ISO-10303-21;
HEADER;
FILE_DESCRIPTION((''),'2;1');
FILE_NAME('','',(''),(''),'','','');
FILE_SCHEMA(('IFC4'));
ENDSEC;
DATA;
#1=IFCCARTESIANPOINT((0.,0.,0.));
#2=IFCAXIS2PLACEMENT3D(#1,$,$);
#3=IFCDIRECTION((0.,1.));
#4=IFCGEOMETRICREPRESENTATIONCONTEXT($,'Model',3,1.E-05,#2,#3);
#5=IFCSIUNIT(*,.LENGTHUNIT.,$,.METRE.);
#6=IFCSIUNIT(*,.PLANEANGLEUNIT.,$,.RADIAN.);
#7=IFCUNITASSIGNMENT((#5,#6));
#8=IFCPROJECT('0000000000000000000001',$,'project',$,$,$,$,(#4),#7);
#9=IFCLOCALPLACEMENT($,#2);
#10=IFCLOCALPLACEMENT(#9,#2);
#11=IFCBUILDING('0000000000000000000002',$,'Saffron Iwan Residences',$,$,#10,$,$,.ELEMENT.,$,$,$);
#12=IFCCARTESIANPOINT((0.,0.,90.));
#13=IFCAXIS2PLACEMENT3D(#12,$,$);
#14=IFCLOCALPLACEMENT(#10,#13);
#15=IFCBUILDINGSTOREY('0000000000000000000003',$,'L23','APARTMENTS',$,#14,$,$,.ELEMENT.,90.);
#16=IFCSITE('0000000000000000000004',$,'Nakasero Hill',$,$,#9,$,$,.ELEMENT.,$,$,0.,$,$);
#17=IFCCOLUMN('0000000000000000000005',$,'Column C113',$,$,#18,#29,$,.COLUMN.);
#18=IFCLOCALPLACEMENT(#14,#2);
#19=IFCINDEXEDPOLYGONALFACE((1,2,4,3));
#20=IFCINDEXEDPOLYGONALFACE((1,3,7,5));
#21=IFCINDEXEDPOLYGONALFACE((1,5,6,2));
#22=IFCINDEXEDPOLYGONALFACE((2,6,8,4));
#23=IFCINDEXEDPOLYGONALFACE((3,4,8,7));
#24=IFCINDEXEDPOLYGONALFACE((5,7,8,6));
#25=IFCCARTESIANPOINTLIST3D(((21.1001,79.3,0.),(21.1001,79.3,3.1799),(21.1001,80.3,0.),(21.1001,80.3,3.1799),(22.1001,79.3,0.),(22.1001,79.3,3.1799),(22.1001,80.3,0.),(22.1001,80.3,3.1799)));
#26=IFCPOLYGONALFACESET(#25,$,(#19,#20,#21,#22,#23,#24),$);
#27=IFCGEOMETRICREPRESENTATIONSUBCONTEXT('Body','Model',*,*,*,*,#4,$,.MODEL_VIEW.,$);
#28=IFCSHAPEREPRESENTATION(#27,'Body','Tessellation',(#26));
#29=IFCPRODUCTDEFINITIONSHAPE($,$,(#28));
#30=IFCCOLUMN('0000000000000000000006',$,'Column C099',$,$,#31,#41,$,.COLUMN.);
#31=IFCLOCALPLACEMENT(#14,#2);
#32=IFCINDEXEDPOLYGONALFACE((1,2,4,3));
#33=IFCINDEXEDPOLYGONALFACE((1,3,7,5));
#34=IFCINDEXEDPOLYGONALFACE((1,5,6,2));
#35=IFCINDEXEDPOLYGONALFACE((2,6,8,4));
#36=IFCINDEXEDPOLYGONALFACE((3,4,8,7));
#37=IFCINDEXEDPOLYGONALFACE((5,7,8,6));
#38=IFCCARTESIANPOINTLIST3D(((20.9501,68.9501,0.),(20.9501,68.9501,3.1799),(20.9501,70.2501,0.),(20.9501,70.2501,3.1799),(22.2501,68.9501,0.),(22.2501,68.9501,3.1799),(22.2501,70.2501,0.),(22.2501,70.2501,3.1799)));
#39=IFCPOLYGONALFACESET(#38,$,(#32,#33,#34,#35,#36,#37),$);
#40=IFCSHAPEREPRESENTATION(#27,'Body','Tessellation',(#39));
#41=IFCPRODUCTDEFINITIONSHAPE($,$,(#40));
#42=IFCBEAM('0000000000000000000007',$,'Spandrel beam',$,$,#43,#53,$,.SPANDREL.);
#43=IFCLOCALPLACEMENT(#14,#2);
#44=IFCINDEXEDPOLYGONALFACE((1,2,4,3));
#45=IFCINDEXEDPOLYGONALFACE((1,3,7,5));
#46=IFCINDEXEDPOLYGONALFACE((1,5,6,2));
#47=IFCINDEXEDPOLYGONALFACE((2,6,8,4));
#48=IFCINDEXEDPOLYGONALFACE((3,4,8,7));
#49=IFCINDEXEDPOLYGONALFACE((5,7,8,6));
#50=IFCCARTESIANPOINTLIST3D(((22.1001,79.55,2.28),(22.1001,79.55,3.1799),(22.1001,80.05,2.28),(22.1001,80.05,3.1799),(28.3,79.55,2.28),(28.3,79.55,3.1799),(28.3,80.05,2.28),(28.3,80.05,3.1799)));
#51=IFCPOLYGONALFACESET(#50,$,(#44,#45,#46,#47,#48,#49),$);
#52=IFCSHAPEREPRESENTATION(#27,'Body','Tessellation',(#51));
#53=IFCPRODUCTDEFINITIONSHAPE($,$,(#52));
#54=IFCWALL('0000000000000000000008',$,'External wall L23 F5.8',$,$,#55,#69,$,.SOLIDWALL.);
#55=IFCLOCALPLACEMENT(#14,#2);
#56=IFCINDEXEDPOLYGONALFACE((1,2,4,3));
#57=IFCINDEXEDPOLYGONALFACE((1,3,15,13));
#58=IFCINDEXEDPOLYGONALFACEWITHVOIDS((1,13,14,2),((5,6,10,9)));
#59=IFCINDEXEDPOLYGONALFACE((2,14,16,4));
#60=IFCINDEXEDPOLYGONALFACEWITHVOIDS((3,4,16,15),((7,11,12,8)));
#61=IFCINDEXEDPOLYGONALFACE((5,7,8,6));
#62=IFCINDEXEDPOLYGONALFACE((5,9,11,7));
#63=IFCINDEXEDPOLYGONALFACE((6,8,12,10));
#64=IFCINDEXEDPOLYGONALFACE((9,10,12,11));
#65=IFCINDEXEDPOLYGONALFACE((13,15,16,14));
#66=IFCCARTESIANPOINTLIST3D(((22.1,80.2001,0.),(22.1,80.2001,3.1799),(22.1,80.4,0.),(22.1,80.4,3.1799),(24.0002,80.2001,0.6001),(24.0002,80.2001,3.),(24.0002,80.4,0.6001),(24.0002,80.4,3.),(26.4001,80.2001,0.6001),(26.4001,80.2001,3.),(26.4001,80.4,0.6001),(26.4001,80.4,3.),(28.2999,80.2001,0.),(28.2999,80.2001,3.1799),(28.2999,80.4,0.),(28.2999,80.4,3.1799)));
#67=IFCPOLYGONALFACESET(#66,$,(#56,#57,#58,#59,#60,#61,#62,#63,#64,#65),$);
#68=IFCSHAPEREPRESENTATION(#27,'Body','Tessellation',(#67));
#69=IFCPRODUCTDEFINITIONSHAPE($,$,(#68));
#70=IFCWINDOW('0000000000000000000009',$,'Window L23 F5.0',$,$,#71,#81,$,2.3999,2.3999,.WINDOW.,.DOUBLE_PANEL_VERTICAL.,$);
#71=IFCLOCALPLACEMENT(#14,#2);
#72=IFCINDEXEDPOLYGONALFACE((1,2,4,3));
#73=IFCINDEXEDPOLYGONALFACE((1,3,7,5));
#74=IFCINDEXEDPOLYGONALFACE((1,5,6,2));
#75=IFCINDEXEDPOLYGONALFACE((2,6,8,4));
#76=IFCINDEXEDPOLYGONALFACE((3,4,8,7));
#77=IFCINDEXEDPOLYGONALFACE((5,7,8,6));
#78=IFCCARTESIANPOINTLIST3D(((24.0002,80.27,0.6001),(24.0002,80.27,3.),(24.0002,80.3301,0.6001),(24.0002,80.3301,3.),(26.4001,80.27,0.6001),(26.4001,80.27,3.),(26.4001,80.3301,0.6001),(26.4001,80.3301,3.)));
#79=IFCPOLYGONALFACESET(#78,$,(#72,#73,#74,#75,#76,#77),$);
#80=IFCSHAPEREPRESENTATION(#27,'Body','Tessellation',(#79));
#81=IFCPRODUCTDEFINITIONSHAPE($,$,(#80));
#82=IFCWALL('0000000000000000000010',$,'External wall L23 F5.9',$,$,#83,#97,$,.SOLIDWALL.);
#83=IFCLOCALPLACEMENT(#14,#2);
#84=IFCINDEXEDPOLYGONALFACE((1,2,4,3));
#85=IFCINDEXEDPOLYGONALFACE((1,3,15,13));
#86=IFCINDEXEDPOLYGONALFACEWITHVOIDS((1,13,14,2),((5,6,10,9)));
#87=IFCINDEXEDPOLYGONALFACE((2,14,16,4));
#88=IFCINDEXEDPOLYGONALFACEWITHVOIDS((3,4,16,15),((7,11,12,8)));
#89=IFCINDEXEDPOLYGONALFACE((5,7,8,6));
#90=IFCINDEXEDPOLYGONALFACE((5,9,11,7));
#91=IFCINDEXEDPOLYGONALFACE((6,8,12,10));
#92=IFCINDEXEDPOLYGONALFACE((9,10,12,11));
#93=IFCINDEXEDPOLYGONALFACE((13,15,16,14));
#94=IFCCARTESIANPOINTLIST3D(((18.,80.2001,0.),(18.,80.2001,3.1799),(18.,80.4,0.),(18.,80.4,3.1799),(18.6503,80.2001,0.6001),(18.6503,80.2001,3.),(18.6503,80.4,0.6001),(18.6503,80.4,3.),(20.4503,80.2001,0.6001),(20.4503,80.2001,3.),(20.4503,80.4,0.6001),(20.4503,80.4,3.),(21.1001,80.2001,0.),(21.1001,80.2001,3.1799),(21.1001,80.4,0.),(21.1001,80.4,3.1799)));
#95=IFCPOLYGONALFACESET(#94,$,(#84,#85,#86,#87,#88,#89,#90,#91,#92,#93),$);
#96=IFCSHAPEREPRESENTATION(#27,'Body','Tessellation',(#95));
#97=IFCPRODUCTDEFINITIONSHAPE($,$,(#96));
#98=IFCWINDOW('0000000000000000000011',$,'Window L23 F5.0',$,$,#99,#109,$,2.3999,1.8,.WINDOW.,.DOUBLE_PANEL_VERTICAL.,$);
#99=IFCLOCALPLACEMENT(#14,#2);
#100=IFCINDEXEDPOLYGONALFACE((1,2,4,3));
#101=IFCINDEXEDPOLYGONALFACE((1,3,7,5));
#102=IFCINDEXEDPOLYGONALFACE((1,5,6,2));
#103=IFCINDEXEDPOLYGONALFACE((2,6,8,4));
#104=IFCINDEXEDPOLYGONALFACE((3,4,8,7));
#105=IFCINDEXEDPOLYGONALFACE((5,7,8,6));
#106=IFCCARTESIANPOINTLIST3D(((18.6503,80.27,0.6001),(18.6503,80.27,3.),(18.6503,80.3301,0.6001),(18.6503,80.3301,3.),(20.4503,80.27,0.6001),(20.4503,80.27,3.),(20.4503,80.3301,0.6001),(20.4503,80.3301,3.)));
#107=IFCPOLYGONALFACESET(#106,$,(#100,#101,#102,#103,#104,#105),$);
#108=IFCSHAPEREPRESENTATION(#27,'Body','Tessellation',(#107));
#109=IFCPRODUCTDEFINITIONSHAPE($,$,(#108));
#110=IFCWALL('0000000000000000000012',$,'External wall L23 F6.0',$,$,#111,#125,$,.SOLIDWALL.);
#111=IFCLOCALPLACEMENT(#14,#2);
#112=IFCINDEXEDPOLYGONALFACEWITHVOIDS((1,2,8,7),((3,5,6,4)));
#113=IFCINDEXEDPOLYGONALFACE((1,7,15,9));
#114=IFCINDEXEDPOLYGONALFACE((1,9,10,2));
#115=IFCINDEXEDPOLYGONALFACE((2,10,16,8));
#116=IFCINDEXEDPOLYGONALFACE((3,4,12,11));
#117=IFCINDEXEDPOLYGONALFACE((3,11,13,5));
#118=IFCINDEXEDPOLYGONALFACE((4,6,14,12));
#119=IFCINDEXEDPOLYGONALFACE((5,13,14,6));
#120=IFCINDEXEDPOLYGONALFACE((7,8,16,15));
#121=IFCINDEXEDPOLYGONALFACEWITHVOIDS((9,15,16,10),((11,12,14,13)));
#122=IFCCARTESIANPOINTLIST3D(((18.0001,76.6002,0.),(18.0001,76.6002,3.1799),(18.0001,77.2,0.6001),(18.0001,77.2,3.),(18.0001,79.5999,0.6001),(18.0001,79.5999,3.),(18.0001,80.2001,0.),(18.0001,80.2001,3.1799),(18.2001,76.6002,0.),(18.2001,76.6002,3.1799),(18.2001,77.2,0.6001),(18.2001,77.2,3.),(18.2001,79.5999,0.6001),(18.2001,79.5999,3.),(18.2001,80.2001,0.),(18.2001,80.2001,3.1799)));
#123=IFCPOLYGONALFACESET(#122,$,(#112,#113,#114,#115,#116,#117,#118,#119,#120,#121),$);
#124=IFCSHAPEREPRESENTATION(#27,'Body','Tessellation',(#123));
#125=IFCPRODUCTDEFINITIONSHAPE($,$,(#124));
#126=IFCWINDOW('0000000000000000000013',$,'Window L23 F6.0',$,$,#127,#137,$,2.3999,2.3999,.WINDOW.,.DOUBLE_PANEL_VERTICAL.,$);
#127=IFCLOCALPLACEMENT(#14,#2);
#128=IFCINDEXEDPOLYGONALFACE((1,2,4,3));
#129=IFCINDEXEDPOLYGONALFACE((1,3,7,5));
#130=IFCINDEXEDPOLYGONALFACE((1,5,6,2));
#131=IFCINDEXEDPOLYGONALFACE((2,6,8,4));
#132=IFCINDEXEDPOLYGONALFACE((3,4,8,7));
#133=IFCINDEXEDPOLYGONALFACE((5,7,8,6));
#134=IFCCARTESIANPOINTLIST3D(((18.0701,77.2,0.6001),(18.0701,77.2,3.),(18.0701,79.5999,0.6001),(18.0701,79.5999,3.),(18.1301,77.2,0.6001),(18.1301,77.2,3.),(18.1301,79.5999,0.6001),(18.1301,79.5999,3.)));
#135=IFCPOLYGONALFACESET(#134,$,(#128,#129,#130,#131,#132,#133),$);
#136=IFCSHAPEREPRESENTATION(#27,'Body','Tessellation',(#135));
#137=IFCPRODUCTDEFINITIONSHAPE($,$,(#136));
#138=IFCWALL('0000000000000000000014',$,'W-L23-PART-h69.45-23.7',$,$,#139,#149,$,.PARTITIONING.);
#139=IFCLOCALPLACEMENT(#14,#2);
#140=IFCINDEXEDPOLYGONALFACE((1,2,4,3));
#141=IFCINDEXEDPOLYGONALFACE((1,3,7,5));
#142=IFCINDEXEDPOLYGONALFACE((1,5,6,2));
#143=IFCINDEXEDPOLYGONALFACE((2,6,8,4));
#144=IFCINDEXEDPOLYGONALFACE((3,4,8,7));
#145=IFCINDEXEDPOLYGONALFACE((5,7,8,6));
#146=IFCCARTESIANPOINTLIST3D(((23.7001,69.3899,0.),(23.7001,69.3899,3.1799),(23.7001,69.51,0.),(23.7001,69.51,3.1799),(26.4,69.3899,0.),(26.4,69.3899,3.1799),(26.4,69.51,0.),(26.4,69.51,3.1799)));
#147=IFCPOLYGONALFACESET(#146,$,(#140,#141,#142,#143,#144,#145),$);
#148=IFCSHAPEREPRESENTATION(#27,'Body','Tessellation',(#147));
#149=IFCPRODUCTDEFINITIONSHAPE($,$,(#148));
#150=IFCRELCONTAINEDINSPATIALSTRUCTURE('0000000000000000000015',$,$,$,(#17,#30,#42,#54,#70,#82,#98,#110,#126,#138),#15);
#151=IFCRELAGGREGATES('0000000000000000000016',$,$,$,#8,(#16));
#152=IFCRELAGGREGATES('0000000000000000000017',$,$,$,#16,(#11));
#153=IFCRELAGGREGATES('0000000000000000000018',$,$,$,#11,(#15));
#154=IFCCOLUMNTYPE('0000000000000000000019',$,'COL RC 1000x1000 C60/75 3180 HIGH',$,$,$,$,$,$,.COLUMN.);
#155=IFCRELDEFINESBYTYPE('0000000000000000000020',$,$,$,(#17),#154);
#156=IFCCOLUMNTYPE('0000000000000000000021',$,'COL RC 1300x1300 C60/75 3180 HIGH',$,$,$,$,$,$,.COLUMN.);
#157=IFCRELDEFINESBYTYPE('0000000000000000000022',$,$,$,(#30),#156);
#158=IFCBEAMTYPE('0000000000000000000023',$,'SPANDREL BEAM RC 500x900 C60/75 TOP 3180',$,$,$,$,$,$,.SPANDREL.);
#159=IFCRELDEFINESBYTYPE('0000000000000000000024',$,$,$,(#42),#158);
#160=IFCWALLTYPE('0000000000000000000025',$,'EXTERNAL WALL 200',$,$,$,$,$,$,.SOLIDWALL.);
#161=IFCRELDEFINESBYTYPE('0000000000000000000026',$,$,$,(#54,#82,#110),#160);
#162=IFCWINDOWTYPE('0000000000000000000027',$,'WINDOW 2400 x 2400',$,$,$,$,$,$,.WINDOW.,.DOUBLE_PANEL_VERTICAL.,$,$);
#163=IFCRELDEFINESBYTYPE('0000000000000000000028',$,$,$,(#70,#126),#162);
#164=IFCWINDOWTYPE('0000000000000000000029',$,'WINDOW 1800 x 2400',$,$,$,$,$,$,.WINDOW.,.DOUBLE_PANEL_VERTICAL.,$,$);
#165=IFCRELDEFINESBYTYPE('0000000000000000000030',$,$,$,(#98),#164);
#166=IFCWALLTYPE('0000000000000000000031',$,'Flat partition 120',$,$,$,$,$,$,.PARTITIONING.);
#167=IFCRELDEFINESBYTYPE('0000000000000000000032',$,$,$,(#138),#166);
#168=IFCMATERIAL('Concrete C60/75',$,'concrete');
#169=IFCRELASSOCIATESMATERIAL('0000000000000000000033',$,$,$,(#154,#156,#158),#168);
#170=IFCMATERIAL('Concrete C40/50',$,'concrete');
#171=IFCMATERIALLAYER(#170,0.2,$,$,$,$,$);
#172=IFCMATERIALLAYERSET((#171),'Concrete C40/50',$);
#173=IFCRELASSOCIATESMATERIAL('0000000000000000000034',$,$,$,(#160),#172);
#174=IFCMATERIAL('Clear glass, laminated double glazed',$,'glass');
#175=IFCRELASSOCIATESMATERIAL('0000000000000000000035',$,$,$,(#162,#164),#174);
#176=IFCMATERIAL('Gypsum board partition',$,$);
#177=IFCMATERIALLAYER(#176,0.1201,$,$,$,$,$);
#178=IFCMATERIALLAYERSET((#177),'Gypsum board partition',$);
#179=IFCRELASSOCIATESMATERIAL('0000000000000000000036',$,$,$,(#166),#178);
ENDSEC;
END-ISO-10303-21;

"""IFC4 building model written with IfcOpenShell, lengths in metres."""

from ifc_helpers import new_model, si_unit, direction, frame, frame_2d, origin, origin_2d, place, context, subcontext, project, spatial, rectangle, extrude, source, transform, mapped, material, layer, layer_set, material_profile, profile_set, type_object, element, fill, save


model = new_model("IFC4")

# Units and contexts
model_context = context("Model", 3, precision=1e-05, world=origin(), true_north=direction((0.0, 1.0)))
body_context = subcontext(model_context, "Body", "Model", "MODEL_VIEW")
ifc_project = project(units=[si_unit("LENGTHUNIT", "METRE"), si_unit("PLANEANGLEUNIT", "RADIAN")], contexts=[model_context])

# Site, building, storey
site_placement = place(None, origin())
site = spatial("IfcSite", under=ifc_project, at=site_placement, Name="Nakasero Hill", CompositionType="ELEMENT", RefElevation=0.0)
building_placement = place(site_placement, origin())
building = spatial("IfcBuilding", under=site, at=building_placement, Name="Saffron Iwan Residences", CompositionType="ELEMENT")
storey_placement = place(building_placement, frame((0.0, 0.0, 90.0)))
storey = spatial("IfcBuildingStorey", under=building, at=storey_placement, Name="L23", Description="APARTMENTS", CompositionType="ELEMENT", Elevation=90.0)

# Columns
ifc_material_1 = material(Name="Concrete C60/75", Category="concrete")
ifc_material_profile_1 = material_profile(ifc_material_1, rectangle(XDim=1.0, YDim=1.0, at=origin_2d()), Name="RC 1000x1000")
ifc_profile_set_1 = profile_set([ifc_material_profile_1], Name="Concrete C60/75")
column_type_1 = type_object("IfcColumnType", Name="COL RC 1000x1000 C60/75 3180 HIGH", PredefinedType="COLUMN", material=ifc_profile_set_1)
shared_shape_1 = source(origin(), body_context, "Body", "SweptSolid", [
    extrude(rectangle(XDim=1.0, YDim=1.0, at=origin_2d()), origin(), (0.0, 0.0, 1.0), 3.1799),
])
column_1_placement = place(storey_placement, frame((21.6001, 79.8, 0.0), z_axis=(0.0, 0.0, 1.0), x_axis=(1.0, 0.0, 0.0)))
element("IfcColumn", 1, at=column_1_placement, inside=storey, type_object=column_type_1, Name="Column C113", PredefinedType="COLUMN", context=body_context, shape_type="MappedRepresentation", body=[
    mapped(shared_shape_1, transform((0.0, 0.0, 0.0))),
])
ifc_material_profile_2 = material_profile(ifc_material_1, rectangle(XDim=1.3, YDim=1.3, at=origin_2d()), Name="RC 1300x1300")
ifc_profile_set_2 = profile_set([ifc_material_profile_2], Name="Concrete C60/75")
column_type_2 = type_object("IfcColumnType", Name="COL RC 1300x1300 C60/75 3180 HIGH", PredefinedType="COLUMN", material=ifc_profile_set_2)
shared_shape_2 = source(origin(), body_context, "Body", "SweptSolid", [
    extrude(rectangle(XDim=1.3, YDim=1.3, at=origin_2d()), origin(), (0.0, 0.0, 1.0), 3.1799),
])
column_2_placement = place(storey_placement, frame((21.6001, 69.6001, 0.0), z_axis=(0.0, 0.0, 1.0), x_axis=(1.0, 0.0, 0.0)))
element("IfcColumn", 2, at=column_2_placement, inside=storey, type_object=column_type_2, Name="Column C099", PredefinedType="COLUMN", context=body_context, shape_type="MappedRepresentation", body=[
    mapped(shared_shape_2, transform((0.0, 0.0, 0.0))),
])

# Beam
ifc_material_profile_3 = material_profile(ifc_material_1, rectangle(XDim=0.5, YDim=0.8999, at=origin_2d()), Name="RC 500x900")
ifc_profile_set_3 = profile_set([ifc_material_profile_3], Name="Concrete C60/75")
beam_type = type_object("IfcBeamType", Name="SPANDREL BEAM RC 500x900 C60/75 TOP 3180", PredefinedType="SPANDREL", material=ifc_profile_set_3)
shared_shape_3 = source(origin(), body_context, "Body", "SweptSolid", [
    extrude(rectangle(XDim=0.5, YDim=0.8999, at=origin_2d()), origin(), (0.0, 0.0, 1.0), 6.2),
])
beam_placement = place(storey_placement, frame((22.1001, 79.8, 2.73), z_axis=(1.0, 0.0, 0.0), x_axis=(0.0, 1.0, 0.0)))
element("IfcBeam", 3, at=beam_placement, inside=storey, type_object=beam_type, Name="Spandrel beam", PredefinedType="SPANDREL", context=body_context, shape_type="MappedRepresentation", body=[
    mapped(shared_shape_3, transform((0.0, 0.0, 0.0))),
])

# Walls, openings, windows
ifc_material_2 = material(Name="Concrete C40/50", Category="concrete")
ifc_layer_1 = layer(ifc_material_2, 0.2)
ifc_layer_set_1 = layer_set([ifc_layer_1], Name="Concrete C40/50")
wall_type_1 = type_object("IfcWallType", Name="EXTERNAL WALL 200", PredefinedType="SOLIDWALL", material=ifc_layer_set_1)
wall_1_placement = place(storey_placement, frame((28.3, 80.3, 0.0), z_axis=(0.0, 0.0, 1.0), x_axis=(-1.0, 0.0, 0.0)))
wall_1 = element("IfcWall", 4, at=wall_1_placement, inside=storey, type_object=wall_type_1, Name="External wall L23 F5.8", PredefinedType="SOLIDWALL", context=body_context, shape_type="SweptSolid", body=[
    extrude(rectangle(XDim=6.2, YDim=0.2, at=frame_2d((3.1001, 0.0))), origin(), (0.0, 0.0, 1.0), 3.1799),
])
opening_1_placement = place(wall_1_placement, frame((1.8999, 0.0, 0.6001)))
opening_1 = element("IfcOpeningElement", 5, at=opening_1_placement, cuts=wall_1, PredefinedType="OPENING", context=body_context, shape_type="SweptSolid", body=[
    extrude(rectangle(XDim=2.3999, YDim=2.3999, at=frame_2d((1.2, 1.2))), frame((0.0, 0.1099, 0.0), z_axis=(0.0, -1.0, 0.0), x_axis=(1.0, 0.0, 0.0)), (0.0, 0.0, 1.0), 0.22),
])
ifc_material_3 = material(Name="Clear glass, laminated double glazed", Category="glass")
window_type_1 = type_object("IfcWindowType", Name="WINDOW 2400 x 2400", PartitioningType="DOUBLE_PANEL_VERTICAL", PredefinedType="WINDOW", material=ifc_material_3)
window_1_placement = place(opening_1_placement, origin())
window_1 = element("IfcWindow", 6, at=window_1_placement, inside=storey, type_object=window_type_1, Name="Window L23 F5.0", OverallHeight=2.3999, OverallWidth=2.3999, PartitioningType="DOUBLE_PANEL_VERTICAL", PredefinedType="WINDOW", context=body_context, shape_type="SweptSolid", body=[
    extrude(rectangle(XDim=2.3999, YDim=2.3999, at=frame_2d((1.2, 1.2))), frame((0.0, 0.03, 0.0), z_axis=(0.0, -1.0, 0.0), x_axis=(1.0, 0.0, 0.0)), (0.0, 0.0, 1.0), 0.0601),
])
fill(opening_1, window_1)
wall_2_placement = place(storey_placement, frame((21.1001, 80.3, 0.0), z_axis=(0.0, 0.0, 1.0), x_axis=(-1.0, 0.0, 0.0)))
wall_2 = element("IfcWall", 7, at=wall_2_placement, inside=storey, type_object=wall_type_1, Name="External wall L23 F5.9", PredefinedType="SOLIDWALL", context=body_context, shape_type="SweptSolid", body=[
    extrude(rectangle(XDim=3.1001, YDim=0.2, at=frame_2d((1.55, 0.0))), origin(), (0.0, 0.0, 1.0), 3.1799),
])
opening_2_placement = place(wall_2_placement, frame((0.6499, 0.0, 0.6001)))
opening_2 = element("IfcOpeningElement", 8, at=opening_2_placement, cuts=wall_2, PredefinedType="OPENING", context=body_context, shape_type="SweptSolid", body=[
    extrude(rectangle(XDim=1.8, YDim=2.3999, at=frame_2d((0.8999, 1.2))), frame((0.0, 0.1099, 0.0), z_axis=(0.0, -1.0, 0.0), x_axis=(1.0, 0.0, 0.0)), (0.0, 0.0, 1.0), 0.22),
])
window_type_2 = type_object("IfcWindowType", Name="WINDOW 1800 x 2400", PartitioningType="DOUBLE_PANEL_VERTICAL", PredefinedType="WINDOW", material=ifc_material_3)
window_2_placement = place(opening_2_placement, origin())
window_2 = element("IfcWindow", 9, at=window_2_placement, inside=storey, type_object=window_type_2, Name="Window L23 F5.0", OverallHeight=2.3999, OverallWidth=1.8, PartitioningType="DOUBLE_PANEL_VERTICAL", PredefinedType="WINDOW", context=body_context, shape_type="SweptSolid", body=[
    extrude(rectangle(XDim=1.8, YDim=2.3999, at=frame_2d((0.8999, 1.2))), frame((0.0, 0.03, 0.0), z_axis=(0.0, -1.0, 0.0), x_axis=(1.0, 0.0, 0.0)), (0.0, 0.0, 1.0), 0.0601),
])
fill(opening_2, window_2)
wall_3_placement = place(storey_placement, frame((18.1001, 80.2, 0.0), z_axis=(0.0, 0.0, 1.0), x_axis=(0.0, -1.0, 0.0)))
wall_3 = element("IfcWall", 10, at=wall_3_placement, inside=storey, type_object=wall_type_1, Name="External wall L23 F6.0", PredefinedType="SOLIDWALL", context=body_context, shape_type="SweptSolid", body=[
    extrude(rectangle(XDim=3.5999, YDim=0.2, at=frame_2d((1.7998, 0.0))), origin(), (0.0, 0.0, 1.0), 3.1799),
])
opening_3_placement = place(wall_3_placement, frame((0.6001, 0.0, 0.6001)))
opening_3 = element("IfcOpeningElement", 11, at=opening_3_placement, cuts=wall_3, PredefinedType="OPENING", context=body_context, shape_type="SweptSolid", body=[
    extrude(rectangle(XDim=2.3999, YDim=2.3999, at=frame_2d((1.2, 1.2))), frame((0.0, 0.1099, 0.0), z_axis=(0.0, -1.0, 0.0), x_axis=(1.0, 0.0, 0.0)), (0.0, 0.0, 1.0), 0.22),
])
window_3_placement = place(opening_3_placement, origin())
window_3 = element("IfcWindow", 12, at=window_3_placement, inside=storey, type_object=window_type_1, Name="Window L23 F6.0", OverallHeight=2.3999, OverallWidth=2.3999, PartitioningType="DOUBLE_PANEL_VERTICAL", PredefinedType="WINDOW", context=body_context, shape_type="SweptSolid", body=[
    extrude(rectangle(XDim=2.3999, YDim=2.3999, at=frame_2d((1.2, 1.2))), frame((0.0, 0.03, 0.0), z_axis=(0.0, -1.0, 0.0), x_axis=(1.0, 0.0, 0.0)), (0.0, 0.0, 1.0), 0.0601),
])
fill(opening_3, window_3)

# Wall
ifc_material_4 = material(Name="Gypsum board partition")
ifc_layer_2 = layer(ifc_material_4, 0.1201)
ifc_layer_set_2 = layer_set([ifc_layer_2], Name="Gypsum board partition")
wall_type_2 = type_object("IfcWallType", Name="Flat partition 120", PredefinedType="PARTITIONING", material=ifc_layer_set_2)
wall_4_placement = place(storey_placement, frame((23.7, 69.45, 0.0), z_axis=(0.0, 0.0, 1.0), x_axis=(1.0, 0.0, 0.0)))
element("IfcWall", 13, at=wall_4_placement, inside=storey, type_object=wall_type_2, Name="W-L23-PART-h69.45-23.7", PredefinedType="PARTITIONING", context=body_context, shape_type="SweptSolid", body=[
    extrude(rectangle(XDim=2.7, YDim=0.1201, at=frame_2d((1.3501, 0.0))), origin(), (0.0, 0.0, 1.0), 3.1799),
])

save(model, "model.ifc")
